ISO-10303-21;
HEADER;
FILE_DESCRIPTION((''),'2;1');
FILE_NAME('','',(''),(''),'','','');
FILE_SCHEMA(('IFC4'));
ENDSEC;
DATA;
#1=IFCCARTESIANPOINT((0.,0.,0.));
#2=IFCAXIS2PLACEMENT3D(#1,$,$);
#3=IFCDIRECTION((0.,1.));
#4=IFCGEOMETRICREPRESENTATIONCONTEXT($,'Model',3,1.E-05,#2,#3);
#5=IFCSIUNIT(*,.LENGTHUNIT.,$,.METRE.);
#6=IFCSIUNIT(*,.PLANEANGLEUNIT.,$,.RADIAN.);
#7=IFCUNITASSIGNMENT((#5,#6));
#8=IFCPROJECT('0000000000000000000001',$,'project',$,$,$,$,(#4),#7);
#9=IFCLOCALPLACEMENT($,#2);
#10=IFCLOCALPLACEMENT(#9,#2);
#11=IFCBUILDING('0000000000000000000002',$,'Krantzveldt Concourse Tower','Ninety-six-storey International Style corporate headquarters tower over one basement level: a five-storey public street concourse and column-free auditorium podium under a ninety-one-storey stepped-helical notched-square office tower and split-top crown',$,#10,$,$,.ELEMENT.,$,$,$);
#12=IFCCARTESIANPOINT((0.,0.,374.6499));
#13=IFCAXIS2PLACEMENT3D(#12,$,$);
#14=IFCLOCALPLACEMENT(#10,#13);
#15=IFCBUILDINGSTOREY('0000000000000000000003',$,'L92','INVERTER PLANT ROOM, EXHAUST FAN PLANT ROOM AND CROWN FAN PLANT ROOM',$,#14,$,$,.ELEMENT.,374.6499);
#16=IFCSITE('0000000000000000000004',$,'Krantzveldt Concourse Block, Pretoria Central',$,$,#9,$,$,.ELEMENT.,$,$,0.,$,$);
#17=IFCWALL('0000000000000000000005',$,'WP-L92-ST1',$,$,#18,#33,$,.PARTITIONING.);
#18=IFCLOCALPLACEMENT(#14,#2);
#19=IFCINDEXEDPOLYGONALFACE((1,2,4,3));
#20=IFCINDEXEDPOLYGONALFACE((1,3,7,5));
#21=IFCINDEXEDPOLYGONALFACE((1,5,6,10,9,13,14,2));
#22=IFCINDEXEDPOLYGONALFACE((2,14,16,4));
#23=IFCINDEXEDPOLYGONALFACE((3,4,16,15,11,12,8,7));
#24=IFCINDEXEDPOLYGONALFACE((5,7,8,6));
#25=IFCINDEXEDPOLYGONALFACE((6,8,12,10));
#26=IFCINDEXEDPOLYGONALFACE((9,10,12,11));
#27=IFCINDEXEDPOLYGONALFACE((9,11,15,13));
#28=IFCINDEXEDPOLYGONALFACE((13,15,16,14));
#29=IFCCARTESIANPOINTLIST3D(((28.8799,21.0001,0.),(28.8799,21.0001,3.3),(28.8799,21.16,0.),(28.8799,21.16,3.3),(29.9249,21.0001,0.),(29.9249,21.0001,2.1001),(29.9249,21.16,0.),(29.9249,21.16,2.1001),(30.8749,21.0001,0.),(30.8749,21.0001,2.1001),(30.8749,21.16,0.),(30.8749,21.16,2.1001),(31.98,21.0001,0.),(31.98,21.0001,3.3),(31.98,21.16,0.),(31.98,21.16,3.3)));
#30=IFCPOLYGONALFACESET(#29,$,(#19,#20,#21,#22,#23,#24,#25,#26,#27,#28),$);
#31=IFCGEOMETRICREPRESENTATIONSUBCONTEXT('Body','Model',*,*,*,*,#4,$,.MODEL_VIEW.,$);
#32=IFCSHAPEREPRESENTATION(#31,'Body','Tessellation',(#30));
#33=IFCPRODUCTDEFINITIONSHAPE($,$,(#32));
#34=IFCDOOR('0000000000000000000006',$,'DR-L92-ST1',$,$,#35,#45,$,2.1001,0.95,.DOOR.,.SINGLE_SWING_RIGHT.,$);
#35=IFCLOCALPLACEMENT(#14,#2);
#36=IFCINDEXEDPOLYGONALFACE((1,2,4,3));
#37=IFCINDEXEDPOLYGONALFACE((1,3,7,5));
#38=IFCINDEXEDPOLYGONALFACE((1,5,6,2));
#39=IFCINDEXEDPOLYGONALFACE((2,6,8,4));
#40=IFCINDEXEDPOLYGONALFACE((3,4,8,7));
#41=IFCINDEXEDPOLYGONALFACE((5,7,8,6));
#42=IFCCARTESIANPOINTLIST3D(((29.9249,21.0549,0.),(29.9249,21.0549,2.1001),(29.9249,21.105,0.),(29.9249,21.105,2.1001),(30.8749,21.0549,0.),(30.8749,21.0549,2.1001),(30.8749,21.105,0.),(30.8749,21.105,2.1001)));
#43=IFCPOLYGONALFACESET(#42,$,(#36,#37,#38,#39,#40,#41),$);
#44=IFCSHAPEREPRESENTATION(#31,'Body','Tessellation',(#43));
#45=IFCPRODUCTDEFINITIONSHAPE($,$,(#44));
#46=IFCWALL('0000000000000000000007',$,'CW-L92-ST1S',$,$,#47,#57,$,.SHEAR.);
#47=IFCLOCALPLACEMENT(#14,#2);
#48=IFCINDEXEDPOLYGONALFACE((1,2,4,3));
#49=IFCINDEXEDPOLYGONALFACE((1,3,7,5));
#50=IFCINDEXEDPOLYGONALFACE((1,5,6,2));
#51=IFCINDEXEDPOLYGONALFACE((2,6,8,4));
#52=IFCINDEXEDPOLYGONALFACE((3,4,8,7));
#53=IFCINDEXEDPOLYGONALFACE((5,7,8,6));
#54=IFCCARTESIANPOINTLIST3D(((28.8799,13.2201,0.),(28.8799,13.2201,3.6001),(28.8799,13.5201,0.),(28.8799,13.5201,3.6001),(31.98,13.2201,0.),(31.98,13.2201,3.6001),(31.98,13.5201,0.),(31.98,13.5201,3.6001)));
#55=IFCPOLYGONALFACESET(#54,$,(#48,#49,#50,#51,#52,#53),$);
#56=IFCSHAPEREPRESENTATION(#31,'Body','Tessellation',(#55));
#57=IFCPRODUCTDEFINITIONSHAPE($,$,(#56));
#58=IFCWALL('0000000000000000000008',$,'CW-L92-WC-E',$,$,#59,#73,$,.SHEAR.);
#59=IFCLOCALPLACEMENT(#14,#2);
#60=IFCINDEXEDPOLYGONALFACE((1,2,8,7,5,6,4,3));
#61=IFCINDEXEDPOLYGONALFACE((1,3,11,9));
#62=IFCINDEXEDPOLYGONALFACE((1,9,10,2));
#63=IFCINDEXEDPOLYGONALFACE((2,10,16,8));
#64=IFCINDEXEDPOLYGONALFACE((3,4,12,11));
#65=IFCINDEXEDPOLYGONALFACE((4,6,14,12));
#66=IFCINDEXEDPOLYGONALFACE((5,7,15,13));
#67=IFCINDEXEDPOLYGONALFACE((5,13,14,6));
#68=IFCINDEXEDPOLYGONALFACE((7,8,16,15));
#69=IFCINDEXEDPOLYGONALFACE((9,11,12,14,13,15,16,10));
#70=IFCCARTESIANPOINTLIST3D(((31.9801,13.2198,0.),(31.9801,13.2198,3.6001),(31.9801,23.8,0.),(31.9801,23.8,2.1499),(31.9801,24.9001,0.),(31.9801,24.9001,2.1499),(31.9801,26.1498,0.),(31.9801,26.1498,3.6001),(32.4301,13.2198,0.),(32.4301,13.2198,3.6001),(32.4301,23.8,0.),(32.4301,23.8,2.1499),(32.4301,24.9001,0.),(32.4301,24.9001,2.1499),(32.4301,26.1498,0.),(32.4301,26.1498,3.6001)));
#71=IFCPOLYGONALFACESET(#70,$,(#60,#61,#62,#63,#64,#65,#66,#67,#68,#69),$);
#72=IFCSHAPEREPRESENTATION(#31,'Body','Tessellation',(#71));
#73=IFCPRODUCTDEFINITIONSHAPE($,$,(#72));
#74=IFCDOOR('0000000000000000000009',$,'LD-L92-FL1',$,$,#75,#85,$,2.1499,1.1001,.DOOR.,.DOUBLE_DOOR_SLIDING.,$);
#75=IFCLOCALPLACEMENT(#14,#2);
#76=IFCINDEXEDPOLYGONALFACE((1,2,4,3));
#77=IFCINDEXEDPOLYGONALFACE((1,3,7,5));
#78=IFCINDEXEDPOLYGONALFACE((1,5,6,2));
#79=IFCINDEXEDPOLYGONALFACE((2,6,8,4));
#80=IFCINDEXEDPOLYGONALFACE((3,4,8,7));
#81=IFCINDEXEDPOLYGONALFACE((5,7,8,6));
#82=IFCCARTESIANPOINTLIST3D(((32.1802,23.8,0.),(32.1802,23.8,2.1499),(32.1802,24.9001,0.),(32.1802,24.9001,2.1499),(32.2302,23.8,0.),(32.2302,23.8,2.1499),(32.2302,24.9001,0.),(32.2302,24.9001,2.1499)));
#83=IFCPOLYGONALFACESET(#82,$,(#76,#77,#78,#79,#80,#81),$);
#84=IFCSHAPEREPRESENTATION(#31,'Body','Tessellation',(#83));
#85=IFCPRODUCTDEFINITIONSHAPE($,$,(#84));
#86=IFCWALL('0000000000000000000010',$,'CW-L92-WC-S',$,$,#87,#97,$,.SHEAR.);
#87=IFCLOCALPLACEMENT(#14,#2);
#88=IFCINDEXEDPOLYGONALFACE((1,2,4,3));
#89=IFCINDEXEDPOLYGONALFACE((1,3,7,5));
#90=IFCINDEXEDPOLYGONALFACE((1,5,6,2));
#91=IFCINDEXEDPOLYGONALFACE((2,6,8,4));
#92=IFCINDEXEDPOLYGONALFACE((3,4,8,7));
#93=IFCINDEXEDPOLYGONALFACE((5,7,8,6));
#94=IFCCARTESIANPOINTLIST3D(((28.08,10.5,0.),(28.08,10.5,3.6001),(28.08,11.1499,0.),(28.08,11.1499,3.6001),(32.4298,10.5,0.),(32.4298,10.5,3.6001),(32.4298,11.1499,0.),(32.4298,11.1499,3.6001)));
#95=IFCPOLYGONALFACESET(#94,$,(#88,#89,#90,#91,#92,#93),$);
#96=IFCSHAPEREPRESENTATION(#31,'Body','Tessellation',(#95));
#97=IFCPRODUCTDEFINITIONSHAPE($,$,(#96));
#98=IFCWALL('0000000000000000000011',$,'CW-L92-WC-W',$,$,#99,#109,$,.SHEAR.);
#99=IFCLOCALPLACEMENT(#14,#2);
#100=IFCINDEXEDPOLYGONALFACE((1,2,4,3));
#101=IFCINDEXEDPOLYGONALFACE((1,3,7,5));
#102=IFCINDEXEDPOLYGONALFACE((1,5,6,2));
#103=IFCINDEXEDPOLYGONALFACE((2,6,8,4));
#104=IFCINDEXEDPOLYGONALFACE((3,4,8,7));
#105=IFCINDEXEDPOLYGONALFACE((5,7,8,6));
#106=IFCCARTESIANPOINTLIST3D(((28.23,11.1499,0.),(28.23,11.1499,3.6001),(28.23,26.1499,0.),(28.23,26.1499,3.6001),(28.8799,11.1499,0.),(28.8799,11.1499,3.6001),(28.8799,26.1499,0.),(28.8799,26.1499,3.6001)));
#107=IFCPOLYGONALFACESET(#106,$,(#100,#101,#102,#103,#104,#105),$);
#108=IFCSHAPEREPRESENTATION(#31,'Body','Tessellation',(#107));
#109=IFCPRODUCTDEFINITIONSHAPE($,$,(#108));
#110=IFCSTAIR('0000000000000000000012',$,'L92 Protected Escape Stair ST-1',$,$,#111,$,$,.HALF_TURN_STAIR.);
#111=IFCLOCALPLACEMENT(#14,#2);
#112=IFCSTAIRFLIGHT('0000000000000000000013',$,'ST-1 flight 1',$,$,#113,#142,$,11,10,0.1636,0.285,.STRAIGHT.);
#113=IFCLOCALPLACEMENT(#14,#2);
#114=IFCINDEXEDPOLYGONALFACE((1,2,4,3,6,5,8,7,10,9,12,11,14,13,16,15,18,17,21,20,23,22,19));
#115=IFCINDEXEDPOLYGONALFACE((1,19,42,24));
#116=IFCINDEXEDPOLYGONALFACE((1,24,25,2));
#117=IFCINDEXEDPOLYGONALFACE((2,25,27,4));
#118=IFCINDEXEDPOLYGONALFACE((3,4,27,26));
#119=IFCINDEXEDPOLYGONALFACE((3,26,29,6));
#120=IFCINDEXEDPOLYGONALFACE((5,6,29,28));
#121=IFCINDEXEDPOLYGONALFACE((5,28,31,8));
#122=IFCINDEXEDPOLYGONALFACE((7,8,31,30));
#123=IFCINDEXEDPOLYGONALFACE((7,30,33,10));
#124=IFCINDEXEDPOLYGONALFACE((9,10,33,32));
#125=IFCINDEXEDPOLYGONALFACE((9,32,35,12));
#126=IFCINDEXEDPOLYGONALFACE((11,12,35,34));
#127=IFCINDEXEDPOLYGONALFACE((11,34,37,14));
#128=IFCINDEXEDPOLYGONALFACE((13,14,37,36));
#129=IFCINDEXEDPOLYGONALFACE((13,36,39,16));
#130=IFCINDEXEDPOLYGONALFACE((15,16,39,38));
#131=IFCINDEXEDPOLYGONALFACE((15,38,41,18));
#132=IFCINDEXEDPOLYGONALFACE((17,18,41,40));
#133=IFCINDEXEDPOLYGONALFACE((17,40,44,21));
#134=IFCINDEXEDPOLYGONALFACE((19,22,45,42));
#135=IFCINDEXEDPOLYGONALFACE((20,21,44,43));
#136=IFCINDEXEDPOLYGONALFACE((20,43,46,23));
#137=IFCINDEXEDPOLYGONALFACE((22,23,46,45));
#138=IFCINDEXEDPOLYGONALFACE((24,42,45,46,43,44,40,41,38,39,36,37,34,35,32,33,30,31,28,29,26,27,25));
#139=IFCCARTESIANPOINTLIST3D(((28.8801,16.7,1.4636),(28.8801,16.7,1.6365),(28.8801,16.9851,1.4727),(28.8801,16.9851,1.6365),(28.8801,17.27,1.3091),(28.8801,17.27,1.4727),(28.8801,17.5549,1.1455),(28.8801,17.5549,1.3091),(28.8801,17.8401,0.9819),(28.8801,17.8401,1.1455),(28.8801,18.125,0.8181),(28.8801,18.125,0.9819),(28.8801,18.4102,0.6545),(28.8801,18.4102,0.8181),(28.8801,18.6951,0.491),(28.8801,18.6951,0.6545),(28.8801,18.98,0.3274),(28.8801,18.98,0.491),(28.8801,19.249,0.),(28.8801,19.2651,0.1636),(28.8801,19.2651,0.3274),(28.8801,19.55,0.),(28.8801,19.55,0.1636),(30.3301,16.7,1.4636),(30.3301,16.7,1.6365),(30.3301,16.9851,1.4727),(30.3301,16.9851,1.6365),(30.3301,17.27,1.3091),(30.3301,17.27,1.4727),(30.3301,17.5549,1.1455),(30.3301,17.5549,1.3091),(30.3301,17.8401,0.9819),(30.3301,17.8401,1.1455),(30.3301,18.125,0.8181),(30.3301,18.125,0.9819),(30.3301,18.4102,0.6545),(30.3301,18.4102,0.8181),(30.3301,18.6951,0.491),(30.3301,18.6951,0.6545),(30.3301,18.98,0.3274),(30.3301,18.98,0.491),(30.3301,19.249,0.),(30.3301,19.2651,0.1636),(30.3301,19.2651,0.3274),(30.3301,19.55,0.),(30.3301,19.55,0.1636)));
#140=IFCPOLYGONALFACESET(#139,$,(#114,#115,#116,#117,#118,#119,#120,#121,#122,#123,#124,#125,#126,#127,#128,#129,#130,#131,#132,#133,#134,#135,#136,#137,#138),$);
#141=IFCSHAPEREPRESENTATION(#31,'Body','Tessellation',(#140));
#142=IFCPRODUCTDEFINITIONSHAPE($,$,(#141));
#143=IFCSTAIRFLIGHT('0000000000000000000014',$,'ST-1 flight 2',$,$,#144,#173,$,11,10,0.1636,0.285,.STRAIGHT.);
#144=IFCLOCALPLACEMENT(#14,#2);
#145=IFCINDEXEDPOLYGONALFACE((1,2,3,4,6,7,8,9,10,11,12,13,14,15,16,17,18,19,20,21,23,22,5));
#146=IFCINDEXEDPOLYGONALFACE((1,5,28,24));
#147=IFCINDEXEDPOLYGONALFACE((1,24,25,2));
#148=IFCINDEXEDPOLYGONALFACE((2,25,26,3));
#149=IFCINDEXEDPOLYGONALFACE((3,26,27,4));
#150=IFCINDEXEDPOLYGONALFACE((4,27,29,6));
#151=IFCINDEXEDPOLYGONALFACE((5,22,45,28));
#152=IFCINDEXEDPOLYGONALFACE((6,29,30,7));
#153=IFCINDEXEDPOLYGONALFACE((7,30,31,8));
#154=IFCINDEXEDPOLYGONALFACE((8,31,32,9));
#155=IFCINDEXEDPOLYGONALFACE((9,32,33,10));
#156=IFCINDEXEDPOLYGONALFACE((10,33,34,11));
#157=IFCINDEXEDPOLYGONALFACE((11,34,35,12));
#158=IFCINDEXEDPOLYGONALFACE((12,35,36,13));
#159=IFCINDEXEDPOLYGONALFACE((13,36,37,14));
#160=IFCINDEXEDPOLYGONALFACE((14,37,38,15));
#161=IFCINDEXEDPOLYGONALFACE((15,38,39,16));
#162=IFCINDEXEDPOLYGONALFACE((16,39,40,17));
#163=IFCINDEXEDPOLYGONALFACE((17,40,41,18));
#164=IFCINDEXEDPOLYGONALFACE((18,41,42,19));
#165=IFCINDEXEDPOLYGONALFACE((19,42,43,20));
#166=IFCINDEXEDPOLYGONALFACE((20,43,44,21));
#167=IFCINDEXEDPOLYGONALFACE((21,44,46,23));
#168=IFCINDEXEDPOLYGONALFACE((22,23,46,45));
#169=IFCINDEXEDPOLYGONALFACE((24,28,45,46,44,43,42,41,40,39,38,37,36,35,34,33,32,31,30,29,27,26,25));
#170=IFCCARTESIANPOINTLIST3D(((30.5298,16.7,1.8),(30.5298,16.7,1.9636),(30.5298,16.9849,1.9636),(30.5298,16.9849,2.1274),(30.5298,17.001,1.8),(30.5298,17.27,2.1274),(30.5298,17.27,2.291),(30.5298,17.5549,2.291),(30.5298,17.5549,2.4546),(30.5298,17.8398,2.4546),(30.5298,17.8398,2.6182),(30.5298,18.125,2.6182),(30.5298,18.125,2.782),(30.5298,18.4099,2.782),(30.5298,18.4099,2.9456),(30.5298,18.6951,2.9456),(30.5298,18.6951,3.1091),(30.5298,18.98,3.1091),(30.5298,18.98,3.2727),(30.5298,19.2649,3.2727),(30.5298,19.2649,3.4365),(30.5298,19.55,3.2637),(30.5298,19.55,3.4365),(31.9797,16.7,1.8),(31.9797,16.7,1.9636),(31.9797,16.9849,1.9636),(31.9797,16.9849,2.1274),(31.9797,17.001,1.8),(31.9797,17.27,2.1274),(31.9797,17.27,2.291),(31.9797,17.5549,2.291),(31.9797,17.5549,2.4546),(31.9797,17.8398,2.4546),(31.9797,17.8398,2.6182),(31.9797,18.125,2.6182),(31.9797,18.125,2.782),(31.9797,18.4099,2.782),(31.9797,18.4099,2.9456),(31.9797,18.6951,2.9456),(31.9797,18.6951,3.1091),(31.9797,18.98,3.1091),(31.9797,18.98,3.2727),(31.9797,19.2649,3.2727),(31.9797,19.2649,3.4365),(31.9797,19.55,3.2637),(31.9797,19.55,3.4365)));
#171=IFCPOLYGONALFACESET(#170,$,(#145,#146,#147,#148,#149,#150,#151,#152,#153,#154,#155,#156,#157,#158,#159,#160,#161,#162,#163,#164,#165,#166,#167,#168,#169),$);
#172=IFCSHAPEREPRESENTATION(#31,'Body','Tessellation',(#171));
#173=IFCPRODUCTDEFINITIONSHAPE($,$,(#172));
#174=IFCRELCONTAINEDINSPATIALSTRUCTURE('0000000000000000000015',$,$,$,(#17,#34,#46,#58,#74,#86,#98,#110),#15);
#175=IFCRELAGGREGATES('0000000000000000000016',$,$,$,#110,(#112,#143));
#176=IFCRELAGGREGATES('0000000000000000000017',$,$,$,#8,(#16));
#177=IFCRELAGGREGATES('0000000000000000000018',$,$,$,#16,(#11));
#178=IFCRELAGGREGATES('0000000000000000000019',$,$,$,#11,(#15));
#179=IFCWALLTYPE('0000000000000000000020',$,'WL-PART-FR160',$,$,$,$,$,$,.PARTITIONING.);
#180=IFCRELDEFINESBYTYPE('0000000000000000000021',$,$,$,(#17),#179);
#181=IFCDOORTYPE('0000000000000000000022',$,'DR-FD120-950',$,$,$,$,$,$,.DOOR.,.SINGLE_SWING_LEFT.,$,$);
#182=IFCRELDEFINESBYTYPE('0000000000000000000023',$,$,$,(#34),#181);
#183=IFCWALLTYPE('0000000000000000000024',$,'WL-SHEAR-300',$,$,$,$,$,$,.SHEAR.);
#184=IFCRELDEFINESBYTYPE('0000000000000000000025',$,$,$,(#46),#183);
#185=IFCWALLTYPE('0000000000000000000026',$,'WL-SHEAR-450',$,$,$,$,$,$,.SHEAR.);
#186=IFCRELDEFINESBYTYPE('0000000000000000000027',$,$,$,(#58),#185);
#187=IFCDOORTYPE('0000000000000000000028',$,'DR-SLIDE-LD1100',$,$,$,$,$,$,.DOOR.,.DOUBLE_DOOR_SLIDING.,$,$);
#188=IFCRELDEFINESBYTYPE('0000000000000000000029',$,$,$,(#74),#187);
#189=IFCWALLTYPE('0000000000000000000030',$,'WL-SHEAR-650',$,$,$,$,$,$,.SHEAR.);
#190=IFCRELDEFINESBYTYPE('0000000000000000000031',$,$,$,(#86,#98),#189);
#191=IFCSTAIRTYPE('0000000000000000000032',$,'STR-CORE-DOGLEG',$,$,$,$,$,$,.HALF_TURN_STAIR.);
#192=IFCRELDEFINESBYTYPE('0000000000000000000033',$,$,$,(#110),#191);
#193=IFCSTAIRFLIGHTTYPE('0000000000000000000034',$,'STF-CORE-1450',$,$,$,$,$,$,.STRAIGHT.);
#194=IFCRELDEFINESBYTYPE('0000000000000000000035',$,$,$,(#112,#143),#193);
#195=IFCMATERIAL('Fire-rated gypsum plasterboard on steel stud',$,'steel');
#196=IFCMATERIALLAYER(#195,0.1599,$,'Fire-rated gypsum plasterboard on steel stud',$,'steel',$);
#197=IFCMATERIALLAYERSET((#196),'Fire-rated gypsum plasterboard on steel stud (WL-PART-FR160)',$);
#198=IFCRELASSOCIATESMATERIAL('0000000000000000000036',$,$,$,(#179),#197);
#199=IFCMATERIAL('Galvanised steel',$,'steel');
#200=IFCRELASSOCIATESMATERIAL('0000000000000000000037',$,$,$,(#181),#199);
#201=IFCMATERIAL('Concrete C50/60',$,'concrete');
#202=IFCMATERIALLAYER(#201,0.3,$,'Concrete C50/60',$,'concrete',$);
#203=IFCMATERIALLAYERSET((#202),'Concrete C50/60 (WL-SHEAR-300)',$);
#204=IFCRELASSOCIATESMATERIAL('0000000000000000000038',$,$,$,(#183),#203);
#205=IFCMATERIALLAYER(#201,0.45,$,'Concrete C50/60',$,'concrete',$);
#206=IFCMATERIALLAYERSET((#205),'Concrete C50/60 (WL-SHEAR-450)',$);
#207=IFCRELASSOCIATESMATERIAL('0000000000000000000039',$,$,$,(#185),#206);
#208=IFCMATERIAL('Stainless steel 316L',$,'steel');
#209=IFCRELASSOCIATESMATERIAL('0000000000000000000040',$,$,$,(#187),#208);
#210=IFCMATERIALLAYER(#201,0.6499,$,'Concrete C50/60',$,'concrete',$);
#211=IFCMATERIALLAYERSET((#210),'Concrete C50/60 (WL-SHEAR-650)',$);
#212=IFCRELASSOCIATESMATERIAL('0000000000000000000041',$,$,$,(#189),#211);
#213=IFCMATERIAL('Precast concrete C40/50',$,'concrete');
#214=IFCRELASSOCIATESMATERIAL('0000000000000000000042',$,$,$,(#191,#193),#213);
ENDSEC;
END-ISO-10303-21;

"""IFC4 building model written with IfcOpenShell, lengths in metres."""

from ifc_helpers import new_model, si_unit, direction, frame, frame_2d, origin, place, context, subcontext, project, spatial, polyline, rectangle, outline, extrude, material, layer, layer_set, type_object, element, fill, aggregate, save


model = new_model("IFC4")

# Units and contexts
model_context = context("Model", 3, precision=1e-05, world=origin(), true_north=direction((0.0, 1.0)))
body_context = subcontext(model_context, "Body", "Model", "MODEL_VIEW")
ifc_project = project(units=[si_unit("LENGTHUNIT", "METRE"), si_unit("PLANEANGLEUNIT", "RADIAN")], contexts=[model_context])

# Site, building, storey
site_placement = place(None, origin())
site = spatial("IfcSite", under=ifc_project, at=site_placement, Name="Krantzveldt Concourse Block, Pretoria Central", CompositionType="ELEMENT", RefElevation=0.0)
building_placement = place(site_placement, origin())
building = spatial("IfcBuilding", under=site, at=building_placement, Name="Krantzveldt Concourse Tower", Description="Ninety-six-storey International Style corporate headquarters tower over one basement level: a five-storey public street concourse and column-free auditorium podium under a ninety-one-storey stepped-helical notched-square office tower and split-top crown", CompositionType="ELEMENT")
storey_placement = place(building_placement, frame((0.0, 0.0, 374.6499)))
storey = spatial("IfcBuildingStorey", under=building, at=storey_placement, Name="L92", Description="INVERTER PLANT ROOM, EXHAUST FAN PLANT ROOM AND CROWN FAN PLANT ROOM", CompositionType="ELEMENT", Elevation=374.6499)

# Shared definitions
ifc_material_1 = material(Name="Fire-rated gypsum plasterboard on steel stud", Category="steel")

# Wall, opening, door
ifc_layer_1 = layer(ifc_material_1, 0.1599, Name="Fire-rated gypsum plasterboard on steel stud", Category="steel")
ifc_layer_set_1 = layer_set([ifc_layer_1], Name="Fire-rated gypsum plasterboard on steel stud (WL-PART-FR160)")
wall_type_1 = type_object("IfcWallType", Name="WL-PART-FR160", PredefinedType="PARTITIONING", material=ifc_layer_set_1)
wall_1_placement = place(storey_placement, frame((28.8799, 21.0801, 0.0), z_axis=(0.0, 0.0, 1.0), x_axis=(1.0, 0.0, 0.0)))
wall_1 = element("IfcWall", 1, at=wall_1_placement, inside=storey, type_object=wall_type_1, Name="WP-L92-ST1", PredefinedType="PARTITIONING", context=body_context, shape_type="SweptSolid", body=[
    extrude(rectangle(XDim=3.1001, YDim=0.1599, at=frame_2d((1.55, 0.0))), origin(), (0.0, 0.0, 1.0), 3.3),
])
opening_1_placement = place(wall_1_placement, frame((1.0449, 0.0, 0.0)))
opening_1 = element("IfcOpeningElement", 2, at=opening_1_placement, cuts=wall_1, PredefinedType="OPENING", context=body_context, shape_type="SweptSolid", body=[
    extrude(rectangle(XDim=0.95, YDim=2.1001, at=frame_2d((0.4751, 1.05))), frame((0.0, 0.0898, 0.0), z_axis=(0.0, -1.0, 0.0), x_axis=(1.0, 0.0, 0.0)), (0.0, 0.0, 1.0), 0.1799),
])
ifc_material_2 = material(Name="Galvanised steel", Category="steel")
door_type_1 = type_object("IfcDoorType", Name="DR-FD120-950", OperationType="SINGLE_SWING_LEFT", PredefinedType="DOOR", material=ifc_material_2)
door_1_placement = place(opening_1_placement, origin())
door_1 = element("IfcDoor", 3, at=door_1_placement, inside=storey, type_object=door_type_1, Name="DR-L92-ST1", OperationType="SINGLE_SWING_RIGHT", OverallHeight=2.1001, OverallWidth=0.95, PredefinedType="DOOR", context=body_context, shape_type="SweptSolid", body=[
    extrude(rectangle(XDim=0.95, YDim=2.1001, at=frame_2d((0.4751, 1.05))), frame((0.0, 0.0249, 0.0), z_axis=(0.0, -1.0, 0.0), x_axis=(1.0, 0.0, 0.0)), (0.0, 0.0, 1.0), 0.05),
])
fill(opening_1, door_1)

# Wall
ifc_material_3 = material(Name="Concrete C50/60", Category="concrete")
ifc_layer_2 = layer(ifc_material_3, 0.3, Name="Concrete C50/60", Category="concrete")
ifc_layer_set_2 = layer_set([ifc_layer_2], Name="Concrete C50/60 (WL-SHEAR-300)")
wall_type_2 = type_object("IfcWallType", Name="WL-SHEAR-300", PredefinedType="SHEAR", material=ifc_layer_set_2)
wall_2_placement = place(storey_placement, frame((28.8799, 13.3701, 0.0), z_axis=(0.0, 0.0, 1.0), x_axis=(1.0, 0.0, 0.0)))
element("IfcWall", 4, at=wall_2_placement, inside=storey, type_object=wall_type_2, Name="CW-L92-ST1S", PredefinedType="SHEAR", context=body_context, shape_type="SweptSolid", body=[
    extrude(rectangle(XDim=3.1001, YDim=0.3, at=frame_2d((1.55, 0.0))), origin(), (0.0, 0.0, 1.0), 3.6001),
])

# Wall, opening, door
ifc_layer_3 = layer(ifc_material_3, 0.45, Name="Concrete C50/60", Category="concrete")
ifc_layer_set_3 = layer_set([ifc_layer_3], Name="Concrete C50/60 (WL-SHEAR-450)")
wall_type_3 = type_object("IfcWallType", Name="WL-SHEAR-450", PredefinedType="SHEAR", material=ifc_layer_set_3)
wall_3_placement = place(storey_placement, frame((32.2051, 13.22, 0.0), z_axis=(0.0, 0.0, 1.0), x_axis=(0.0, 1.0, 0.0)))
wall_3 = element("IfcWall", 5, at=wall_3_placement, inside=storey, type_object=wall_type_3, Name="CW-L92-WC-E", PredefinedType="SHEAR", context=body_context, shape_type="SweptSolid", body=[
    extrude(rectangle(XDim=12.9299, YDim=0.45, at=frame_2d((6.4648, 0.0))), origin(), (0.0, 0.0, 1.0), 3.6001),
])
opening_2_placement = place(wall_3_placement, frame((10.5801, 0.0, 0.0)))
opening_2 = element("IfcOpeningElement", 6, at=opening_2_placement, cuts=wall_3, PredefinedType="OPENING", context=body_context, shape_type="SweptSolid", body=[
    extrude(rectangle(XDim=1.1001, YDim=2.1499, at=frame_2d((0.55, 1.075))), frame((0.0, 0.2349, 0.0), z_axis=(0.0, -1.0, 0.0), x_axis=(1.0, 0.0, 0.0)), (0.0, 0.0, 1.0), 0.47),
])
ifc_material_4 = material(Name="Stainless steel 316L", Category="steel")
door_type_2 = type_object("IfcDoorType", Name="DR-SLIDE-LD1100", OperationType="DOUBLE_DOOR_SLIDING", PredefinedType="DOOR", material=ifc_material_4)
door_2_placement = place(opening_2_placement, origin())
door_2 = element("IfcDoor", 7, at=door_2_placement, inside=storey, type_object=door_type_2, Name="LD-L92-FL1", OperationType="DOUBLE_DOOR_SLIDING", OverallHeight=2.1499, OverallWidth=1.1001, PredefinedType="DOOR", context=body_context, shape_type="SweptSolid", body=[
    extrude(rectangle(XDim=1.1001, YDim=2.1499, at=frame_2d((0.55, 1.075))), frame((0.0, 0.0249, 0.0), z_axis=(0.0, -1.0, 0.0), x_axis=(1.0, 0.0, 0.0)), (0.0, 0.0, 1.0), 0.05),
])
fill(opening_2, door_2)

# Walls
ifc_layer_4 = layer(ifc_material_3, 0.6499, Name="Concrete C50/60", Category="concrete")
ifc_layer_set_4 = layer_set([ifc_layer_4], Name="Concrete C50/60 (WL-SHEAR-650)")
wall_type_4 = type_object("IfcWallType", Name="WL-SHEAR-650", PredefinedType="SHEAR", material=ifc_layer_set_4)
wall_4_placement = place(storey_placement, frame((28.0801, 10.825, 0.0), z_axis=(0.0, 0.0, 1.0), x_axis=(1.0, 0.0, 0.0)))
element("IfcWall", 8, at=wall_4_placement, inside=storey, type_object=wall_type_4, Name="CW-L92-WC-S", PredefinedType="SHEAR", context=body_context, shape_type="SweptSolid", body=[
    extrude(rectangle(XDim=4.3499, YDim=0.6499, at=frame_2d((2.1748, 0.0))), origin(), (0.0, 0.0, 1.0), 3.6001),
])
wall_5_placement = place(storey_placement, frame((28.5549, 11.1499, 0.0), z_axis=(0.0, 0.0, 1.0), x_axis=(0.0, 1.0, 0.0)))
element("IfcWall", 9, at=wall_5_placement, inside=storey, type_object=wall_type_4, Name="CW-L92-WC-W", PredefinedType="SHEAR", context=body_context, shape_type="SweptSolid", body=[
    extrude(rectangle(XDim=15.0, YDim=0.6499, at=frame_2d((7.5, 0.0))), origin(), (0.0, 0.0, 1.0), 3.6001),
])

# Stair, stair flights
ifc_material_5 = material(Name="Precast concrete C40/50", Category="concrete")
stair_type = type_object("IfcStairType", Name="STR-CORE-DOGLEG", PredefinedType="HALF_TURN_STAIR", material=ifc_material_5)
stair_placement = place(storey_placement, origin())
stair = element("IfcStair", 10, at=stair_placement, inside=storey, type_object=stair_type, Name="L92 Protected Escape Stair ST-1", PredefinedType="HALF_TURN_STAIR")
stair_flight_type = type_object("IfcStairFlightType", Name="STF-CORE-1450", PredefinedType="STRAIGHT", material=ifc_material_5)
stair_flight_1_placement = place(storey_placement, frame((29.605, 19.55, 0.0), z_axis=(0.0, 0.0, 1.0), x_axis=(0.0, -1.0, 0.0)))
stair_flight_1 = element("IfcStairFlight", 11, at=stair_flight_1_placement, type_object=stair_flight_type, Name="ST-1 flight 1", NumberOfRisers=11, NumberOfTreads=10, PredefinedType="STRAIGHT", RiserHeight=0.1636, TreadLength=0.285, context=body_context, shape_type="SweptSolid", body=[
    extrude(outline(polyline([(0.0, 0.0), (0.0, 0.1636), (0.2849, 0.1636), (0.2849, 0.3274), (0.5701, 0.3274), (0.5701, 0.491), (0.855, 0.491), (0.855, 0.6545), (1.1399, 0.6545), (1.1399, 0.8181), (1.425, 0.8181), (1.425, 0.9819), (1.71, 0.9819), (1.71, 1.1455), (1.9951, 1.1455), (1.9951, 1.3091), (2.28, 1.3091), (2.28, 1.4727), (2.5649, 1.4727), (2.5649, 1.6365), (2.8501, 1.6365), (2.8501, 1.8), (2.8501, 1.4636), (0.301, 0.0), (0.0, 0.0)])), frame((0.0, 0.7251, 0.0), z_axis=(0.0, -1.0, 0.0), x_axis=(1.0, 0.0, 0.0)), (0.0, 0.0, 1.0), 1.45),
])
stair_flight_2_placement = place(storey_placement, frame((31.2549, 16.7, 1.8), z_axis=(0.0, 0.0, 1.0), x_axis=(0.0, 1.0, 0.0)))
stair_flight_2 = element("IfcStairFlight", 12, at=stair_flight_2_placement, type_object=stair_flight_type, Name="ST-1 flight 2", NumberOfRisers=11, NumberOfTreads=10, PredefinedType="STRAIGHT", RiserHeight=0.1636, TreadLength=0.285, context=body_context, shape_type="SweptSolid", body=[
    extrude(outline(polyline([(0.0, 0.0), (0.0, 0.1636), (0.2849, 0.1636), (0.2849, 0.3274), (0.5701, 0.3274), (0.5701, 0.491), (0.855, 0.491), (0.855, 0.6545), (1.1399, 0.6545), (1.1399, 0.8181), (1.425, 0.8181), (1.425, 0.9819), (1.71, 0.9819), (1.71, 1.1455), (1.9951, 1.1455), (1.9951, 1.3091), (2.28, 1.3091), (2.28, 1.4727), (2.5649, 1.4727), (2.5649, 1.6365), (2.8501, 1.6365), (2.8501, 1.8), (2.8501, 1.4636), (0.301, 0.0), (0.0, 0.0)])), frame((0.0, 0.7251, 0.0), z_axis=(0.0, -1.0, 0.0), x_axis=(1.0, 0.0, 0.0)), (0.0, 0.0, 1.0), 1.45),
])
aggregate(stair, [stair_flight_1, stair_flight_2])

save(model, "model.ifc")
